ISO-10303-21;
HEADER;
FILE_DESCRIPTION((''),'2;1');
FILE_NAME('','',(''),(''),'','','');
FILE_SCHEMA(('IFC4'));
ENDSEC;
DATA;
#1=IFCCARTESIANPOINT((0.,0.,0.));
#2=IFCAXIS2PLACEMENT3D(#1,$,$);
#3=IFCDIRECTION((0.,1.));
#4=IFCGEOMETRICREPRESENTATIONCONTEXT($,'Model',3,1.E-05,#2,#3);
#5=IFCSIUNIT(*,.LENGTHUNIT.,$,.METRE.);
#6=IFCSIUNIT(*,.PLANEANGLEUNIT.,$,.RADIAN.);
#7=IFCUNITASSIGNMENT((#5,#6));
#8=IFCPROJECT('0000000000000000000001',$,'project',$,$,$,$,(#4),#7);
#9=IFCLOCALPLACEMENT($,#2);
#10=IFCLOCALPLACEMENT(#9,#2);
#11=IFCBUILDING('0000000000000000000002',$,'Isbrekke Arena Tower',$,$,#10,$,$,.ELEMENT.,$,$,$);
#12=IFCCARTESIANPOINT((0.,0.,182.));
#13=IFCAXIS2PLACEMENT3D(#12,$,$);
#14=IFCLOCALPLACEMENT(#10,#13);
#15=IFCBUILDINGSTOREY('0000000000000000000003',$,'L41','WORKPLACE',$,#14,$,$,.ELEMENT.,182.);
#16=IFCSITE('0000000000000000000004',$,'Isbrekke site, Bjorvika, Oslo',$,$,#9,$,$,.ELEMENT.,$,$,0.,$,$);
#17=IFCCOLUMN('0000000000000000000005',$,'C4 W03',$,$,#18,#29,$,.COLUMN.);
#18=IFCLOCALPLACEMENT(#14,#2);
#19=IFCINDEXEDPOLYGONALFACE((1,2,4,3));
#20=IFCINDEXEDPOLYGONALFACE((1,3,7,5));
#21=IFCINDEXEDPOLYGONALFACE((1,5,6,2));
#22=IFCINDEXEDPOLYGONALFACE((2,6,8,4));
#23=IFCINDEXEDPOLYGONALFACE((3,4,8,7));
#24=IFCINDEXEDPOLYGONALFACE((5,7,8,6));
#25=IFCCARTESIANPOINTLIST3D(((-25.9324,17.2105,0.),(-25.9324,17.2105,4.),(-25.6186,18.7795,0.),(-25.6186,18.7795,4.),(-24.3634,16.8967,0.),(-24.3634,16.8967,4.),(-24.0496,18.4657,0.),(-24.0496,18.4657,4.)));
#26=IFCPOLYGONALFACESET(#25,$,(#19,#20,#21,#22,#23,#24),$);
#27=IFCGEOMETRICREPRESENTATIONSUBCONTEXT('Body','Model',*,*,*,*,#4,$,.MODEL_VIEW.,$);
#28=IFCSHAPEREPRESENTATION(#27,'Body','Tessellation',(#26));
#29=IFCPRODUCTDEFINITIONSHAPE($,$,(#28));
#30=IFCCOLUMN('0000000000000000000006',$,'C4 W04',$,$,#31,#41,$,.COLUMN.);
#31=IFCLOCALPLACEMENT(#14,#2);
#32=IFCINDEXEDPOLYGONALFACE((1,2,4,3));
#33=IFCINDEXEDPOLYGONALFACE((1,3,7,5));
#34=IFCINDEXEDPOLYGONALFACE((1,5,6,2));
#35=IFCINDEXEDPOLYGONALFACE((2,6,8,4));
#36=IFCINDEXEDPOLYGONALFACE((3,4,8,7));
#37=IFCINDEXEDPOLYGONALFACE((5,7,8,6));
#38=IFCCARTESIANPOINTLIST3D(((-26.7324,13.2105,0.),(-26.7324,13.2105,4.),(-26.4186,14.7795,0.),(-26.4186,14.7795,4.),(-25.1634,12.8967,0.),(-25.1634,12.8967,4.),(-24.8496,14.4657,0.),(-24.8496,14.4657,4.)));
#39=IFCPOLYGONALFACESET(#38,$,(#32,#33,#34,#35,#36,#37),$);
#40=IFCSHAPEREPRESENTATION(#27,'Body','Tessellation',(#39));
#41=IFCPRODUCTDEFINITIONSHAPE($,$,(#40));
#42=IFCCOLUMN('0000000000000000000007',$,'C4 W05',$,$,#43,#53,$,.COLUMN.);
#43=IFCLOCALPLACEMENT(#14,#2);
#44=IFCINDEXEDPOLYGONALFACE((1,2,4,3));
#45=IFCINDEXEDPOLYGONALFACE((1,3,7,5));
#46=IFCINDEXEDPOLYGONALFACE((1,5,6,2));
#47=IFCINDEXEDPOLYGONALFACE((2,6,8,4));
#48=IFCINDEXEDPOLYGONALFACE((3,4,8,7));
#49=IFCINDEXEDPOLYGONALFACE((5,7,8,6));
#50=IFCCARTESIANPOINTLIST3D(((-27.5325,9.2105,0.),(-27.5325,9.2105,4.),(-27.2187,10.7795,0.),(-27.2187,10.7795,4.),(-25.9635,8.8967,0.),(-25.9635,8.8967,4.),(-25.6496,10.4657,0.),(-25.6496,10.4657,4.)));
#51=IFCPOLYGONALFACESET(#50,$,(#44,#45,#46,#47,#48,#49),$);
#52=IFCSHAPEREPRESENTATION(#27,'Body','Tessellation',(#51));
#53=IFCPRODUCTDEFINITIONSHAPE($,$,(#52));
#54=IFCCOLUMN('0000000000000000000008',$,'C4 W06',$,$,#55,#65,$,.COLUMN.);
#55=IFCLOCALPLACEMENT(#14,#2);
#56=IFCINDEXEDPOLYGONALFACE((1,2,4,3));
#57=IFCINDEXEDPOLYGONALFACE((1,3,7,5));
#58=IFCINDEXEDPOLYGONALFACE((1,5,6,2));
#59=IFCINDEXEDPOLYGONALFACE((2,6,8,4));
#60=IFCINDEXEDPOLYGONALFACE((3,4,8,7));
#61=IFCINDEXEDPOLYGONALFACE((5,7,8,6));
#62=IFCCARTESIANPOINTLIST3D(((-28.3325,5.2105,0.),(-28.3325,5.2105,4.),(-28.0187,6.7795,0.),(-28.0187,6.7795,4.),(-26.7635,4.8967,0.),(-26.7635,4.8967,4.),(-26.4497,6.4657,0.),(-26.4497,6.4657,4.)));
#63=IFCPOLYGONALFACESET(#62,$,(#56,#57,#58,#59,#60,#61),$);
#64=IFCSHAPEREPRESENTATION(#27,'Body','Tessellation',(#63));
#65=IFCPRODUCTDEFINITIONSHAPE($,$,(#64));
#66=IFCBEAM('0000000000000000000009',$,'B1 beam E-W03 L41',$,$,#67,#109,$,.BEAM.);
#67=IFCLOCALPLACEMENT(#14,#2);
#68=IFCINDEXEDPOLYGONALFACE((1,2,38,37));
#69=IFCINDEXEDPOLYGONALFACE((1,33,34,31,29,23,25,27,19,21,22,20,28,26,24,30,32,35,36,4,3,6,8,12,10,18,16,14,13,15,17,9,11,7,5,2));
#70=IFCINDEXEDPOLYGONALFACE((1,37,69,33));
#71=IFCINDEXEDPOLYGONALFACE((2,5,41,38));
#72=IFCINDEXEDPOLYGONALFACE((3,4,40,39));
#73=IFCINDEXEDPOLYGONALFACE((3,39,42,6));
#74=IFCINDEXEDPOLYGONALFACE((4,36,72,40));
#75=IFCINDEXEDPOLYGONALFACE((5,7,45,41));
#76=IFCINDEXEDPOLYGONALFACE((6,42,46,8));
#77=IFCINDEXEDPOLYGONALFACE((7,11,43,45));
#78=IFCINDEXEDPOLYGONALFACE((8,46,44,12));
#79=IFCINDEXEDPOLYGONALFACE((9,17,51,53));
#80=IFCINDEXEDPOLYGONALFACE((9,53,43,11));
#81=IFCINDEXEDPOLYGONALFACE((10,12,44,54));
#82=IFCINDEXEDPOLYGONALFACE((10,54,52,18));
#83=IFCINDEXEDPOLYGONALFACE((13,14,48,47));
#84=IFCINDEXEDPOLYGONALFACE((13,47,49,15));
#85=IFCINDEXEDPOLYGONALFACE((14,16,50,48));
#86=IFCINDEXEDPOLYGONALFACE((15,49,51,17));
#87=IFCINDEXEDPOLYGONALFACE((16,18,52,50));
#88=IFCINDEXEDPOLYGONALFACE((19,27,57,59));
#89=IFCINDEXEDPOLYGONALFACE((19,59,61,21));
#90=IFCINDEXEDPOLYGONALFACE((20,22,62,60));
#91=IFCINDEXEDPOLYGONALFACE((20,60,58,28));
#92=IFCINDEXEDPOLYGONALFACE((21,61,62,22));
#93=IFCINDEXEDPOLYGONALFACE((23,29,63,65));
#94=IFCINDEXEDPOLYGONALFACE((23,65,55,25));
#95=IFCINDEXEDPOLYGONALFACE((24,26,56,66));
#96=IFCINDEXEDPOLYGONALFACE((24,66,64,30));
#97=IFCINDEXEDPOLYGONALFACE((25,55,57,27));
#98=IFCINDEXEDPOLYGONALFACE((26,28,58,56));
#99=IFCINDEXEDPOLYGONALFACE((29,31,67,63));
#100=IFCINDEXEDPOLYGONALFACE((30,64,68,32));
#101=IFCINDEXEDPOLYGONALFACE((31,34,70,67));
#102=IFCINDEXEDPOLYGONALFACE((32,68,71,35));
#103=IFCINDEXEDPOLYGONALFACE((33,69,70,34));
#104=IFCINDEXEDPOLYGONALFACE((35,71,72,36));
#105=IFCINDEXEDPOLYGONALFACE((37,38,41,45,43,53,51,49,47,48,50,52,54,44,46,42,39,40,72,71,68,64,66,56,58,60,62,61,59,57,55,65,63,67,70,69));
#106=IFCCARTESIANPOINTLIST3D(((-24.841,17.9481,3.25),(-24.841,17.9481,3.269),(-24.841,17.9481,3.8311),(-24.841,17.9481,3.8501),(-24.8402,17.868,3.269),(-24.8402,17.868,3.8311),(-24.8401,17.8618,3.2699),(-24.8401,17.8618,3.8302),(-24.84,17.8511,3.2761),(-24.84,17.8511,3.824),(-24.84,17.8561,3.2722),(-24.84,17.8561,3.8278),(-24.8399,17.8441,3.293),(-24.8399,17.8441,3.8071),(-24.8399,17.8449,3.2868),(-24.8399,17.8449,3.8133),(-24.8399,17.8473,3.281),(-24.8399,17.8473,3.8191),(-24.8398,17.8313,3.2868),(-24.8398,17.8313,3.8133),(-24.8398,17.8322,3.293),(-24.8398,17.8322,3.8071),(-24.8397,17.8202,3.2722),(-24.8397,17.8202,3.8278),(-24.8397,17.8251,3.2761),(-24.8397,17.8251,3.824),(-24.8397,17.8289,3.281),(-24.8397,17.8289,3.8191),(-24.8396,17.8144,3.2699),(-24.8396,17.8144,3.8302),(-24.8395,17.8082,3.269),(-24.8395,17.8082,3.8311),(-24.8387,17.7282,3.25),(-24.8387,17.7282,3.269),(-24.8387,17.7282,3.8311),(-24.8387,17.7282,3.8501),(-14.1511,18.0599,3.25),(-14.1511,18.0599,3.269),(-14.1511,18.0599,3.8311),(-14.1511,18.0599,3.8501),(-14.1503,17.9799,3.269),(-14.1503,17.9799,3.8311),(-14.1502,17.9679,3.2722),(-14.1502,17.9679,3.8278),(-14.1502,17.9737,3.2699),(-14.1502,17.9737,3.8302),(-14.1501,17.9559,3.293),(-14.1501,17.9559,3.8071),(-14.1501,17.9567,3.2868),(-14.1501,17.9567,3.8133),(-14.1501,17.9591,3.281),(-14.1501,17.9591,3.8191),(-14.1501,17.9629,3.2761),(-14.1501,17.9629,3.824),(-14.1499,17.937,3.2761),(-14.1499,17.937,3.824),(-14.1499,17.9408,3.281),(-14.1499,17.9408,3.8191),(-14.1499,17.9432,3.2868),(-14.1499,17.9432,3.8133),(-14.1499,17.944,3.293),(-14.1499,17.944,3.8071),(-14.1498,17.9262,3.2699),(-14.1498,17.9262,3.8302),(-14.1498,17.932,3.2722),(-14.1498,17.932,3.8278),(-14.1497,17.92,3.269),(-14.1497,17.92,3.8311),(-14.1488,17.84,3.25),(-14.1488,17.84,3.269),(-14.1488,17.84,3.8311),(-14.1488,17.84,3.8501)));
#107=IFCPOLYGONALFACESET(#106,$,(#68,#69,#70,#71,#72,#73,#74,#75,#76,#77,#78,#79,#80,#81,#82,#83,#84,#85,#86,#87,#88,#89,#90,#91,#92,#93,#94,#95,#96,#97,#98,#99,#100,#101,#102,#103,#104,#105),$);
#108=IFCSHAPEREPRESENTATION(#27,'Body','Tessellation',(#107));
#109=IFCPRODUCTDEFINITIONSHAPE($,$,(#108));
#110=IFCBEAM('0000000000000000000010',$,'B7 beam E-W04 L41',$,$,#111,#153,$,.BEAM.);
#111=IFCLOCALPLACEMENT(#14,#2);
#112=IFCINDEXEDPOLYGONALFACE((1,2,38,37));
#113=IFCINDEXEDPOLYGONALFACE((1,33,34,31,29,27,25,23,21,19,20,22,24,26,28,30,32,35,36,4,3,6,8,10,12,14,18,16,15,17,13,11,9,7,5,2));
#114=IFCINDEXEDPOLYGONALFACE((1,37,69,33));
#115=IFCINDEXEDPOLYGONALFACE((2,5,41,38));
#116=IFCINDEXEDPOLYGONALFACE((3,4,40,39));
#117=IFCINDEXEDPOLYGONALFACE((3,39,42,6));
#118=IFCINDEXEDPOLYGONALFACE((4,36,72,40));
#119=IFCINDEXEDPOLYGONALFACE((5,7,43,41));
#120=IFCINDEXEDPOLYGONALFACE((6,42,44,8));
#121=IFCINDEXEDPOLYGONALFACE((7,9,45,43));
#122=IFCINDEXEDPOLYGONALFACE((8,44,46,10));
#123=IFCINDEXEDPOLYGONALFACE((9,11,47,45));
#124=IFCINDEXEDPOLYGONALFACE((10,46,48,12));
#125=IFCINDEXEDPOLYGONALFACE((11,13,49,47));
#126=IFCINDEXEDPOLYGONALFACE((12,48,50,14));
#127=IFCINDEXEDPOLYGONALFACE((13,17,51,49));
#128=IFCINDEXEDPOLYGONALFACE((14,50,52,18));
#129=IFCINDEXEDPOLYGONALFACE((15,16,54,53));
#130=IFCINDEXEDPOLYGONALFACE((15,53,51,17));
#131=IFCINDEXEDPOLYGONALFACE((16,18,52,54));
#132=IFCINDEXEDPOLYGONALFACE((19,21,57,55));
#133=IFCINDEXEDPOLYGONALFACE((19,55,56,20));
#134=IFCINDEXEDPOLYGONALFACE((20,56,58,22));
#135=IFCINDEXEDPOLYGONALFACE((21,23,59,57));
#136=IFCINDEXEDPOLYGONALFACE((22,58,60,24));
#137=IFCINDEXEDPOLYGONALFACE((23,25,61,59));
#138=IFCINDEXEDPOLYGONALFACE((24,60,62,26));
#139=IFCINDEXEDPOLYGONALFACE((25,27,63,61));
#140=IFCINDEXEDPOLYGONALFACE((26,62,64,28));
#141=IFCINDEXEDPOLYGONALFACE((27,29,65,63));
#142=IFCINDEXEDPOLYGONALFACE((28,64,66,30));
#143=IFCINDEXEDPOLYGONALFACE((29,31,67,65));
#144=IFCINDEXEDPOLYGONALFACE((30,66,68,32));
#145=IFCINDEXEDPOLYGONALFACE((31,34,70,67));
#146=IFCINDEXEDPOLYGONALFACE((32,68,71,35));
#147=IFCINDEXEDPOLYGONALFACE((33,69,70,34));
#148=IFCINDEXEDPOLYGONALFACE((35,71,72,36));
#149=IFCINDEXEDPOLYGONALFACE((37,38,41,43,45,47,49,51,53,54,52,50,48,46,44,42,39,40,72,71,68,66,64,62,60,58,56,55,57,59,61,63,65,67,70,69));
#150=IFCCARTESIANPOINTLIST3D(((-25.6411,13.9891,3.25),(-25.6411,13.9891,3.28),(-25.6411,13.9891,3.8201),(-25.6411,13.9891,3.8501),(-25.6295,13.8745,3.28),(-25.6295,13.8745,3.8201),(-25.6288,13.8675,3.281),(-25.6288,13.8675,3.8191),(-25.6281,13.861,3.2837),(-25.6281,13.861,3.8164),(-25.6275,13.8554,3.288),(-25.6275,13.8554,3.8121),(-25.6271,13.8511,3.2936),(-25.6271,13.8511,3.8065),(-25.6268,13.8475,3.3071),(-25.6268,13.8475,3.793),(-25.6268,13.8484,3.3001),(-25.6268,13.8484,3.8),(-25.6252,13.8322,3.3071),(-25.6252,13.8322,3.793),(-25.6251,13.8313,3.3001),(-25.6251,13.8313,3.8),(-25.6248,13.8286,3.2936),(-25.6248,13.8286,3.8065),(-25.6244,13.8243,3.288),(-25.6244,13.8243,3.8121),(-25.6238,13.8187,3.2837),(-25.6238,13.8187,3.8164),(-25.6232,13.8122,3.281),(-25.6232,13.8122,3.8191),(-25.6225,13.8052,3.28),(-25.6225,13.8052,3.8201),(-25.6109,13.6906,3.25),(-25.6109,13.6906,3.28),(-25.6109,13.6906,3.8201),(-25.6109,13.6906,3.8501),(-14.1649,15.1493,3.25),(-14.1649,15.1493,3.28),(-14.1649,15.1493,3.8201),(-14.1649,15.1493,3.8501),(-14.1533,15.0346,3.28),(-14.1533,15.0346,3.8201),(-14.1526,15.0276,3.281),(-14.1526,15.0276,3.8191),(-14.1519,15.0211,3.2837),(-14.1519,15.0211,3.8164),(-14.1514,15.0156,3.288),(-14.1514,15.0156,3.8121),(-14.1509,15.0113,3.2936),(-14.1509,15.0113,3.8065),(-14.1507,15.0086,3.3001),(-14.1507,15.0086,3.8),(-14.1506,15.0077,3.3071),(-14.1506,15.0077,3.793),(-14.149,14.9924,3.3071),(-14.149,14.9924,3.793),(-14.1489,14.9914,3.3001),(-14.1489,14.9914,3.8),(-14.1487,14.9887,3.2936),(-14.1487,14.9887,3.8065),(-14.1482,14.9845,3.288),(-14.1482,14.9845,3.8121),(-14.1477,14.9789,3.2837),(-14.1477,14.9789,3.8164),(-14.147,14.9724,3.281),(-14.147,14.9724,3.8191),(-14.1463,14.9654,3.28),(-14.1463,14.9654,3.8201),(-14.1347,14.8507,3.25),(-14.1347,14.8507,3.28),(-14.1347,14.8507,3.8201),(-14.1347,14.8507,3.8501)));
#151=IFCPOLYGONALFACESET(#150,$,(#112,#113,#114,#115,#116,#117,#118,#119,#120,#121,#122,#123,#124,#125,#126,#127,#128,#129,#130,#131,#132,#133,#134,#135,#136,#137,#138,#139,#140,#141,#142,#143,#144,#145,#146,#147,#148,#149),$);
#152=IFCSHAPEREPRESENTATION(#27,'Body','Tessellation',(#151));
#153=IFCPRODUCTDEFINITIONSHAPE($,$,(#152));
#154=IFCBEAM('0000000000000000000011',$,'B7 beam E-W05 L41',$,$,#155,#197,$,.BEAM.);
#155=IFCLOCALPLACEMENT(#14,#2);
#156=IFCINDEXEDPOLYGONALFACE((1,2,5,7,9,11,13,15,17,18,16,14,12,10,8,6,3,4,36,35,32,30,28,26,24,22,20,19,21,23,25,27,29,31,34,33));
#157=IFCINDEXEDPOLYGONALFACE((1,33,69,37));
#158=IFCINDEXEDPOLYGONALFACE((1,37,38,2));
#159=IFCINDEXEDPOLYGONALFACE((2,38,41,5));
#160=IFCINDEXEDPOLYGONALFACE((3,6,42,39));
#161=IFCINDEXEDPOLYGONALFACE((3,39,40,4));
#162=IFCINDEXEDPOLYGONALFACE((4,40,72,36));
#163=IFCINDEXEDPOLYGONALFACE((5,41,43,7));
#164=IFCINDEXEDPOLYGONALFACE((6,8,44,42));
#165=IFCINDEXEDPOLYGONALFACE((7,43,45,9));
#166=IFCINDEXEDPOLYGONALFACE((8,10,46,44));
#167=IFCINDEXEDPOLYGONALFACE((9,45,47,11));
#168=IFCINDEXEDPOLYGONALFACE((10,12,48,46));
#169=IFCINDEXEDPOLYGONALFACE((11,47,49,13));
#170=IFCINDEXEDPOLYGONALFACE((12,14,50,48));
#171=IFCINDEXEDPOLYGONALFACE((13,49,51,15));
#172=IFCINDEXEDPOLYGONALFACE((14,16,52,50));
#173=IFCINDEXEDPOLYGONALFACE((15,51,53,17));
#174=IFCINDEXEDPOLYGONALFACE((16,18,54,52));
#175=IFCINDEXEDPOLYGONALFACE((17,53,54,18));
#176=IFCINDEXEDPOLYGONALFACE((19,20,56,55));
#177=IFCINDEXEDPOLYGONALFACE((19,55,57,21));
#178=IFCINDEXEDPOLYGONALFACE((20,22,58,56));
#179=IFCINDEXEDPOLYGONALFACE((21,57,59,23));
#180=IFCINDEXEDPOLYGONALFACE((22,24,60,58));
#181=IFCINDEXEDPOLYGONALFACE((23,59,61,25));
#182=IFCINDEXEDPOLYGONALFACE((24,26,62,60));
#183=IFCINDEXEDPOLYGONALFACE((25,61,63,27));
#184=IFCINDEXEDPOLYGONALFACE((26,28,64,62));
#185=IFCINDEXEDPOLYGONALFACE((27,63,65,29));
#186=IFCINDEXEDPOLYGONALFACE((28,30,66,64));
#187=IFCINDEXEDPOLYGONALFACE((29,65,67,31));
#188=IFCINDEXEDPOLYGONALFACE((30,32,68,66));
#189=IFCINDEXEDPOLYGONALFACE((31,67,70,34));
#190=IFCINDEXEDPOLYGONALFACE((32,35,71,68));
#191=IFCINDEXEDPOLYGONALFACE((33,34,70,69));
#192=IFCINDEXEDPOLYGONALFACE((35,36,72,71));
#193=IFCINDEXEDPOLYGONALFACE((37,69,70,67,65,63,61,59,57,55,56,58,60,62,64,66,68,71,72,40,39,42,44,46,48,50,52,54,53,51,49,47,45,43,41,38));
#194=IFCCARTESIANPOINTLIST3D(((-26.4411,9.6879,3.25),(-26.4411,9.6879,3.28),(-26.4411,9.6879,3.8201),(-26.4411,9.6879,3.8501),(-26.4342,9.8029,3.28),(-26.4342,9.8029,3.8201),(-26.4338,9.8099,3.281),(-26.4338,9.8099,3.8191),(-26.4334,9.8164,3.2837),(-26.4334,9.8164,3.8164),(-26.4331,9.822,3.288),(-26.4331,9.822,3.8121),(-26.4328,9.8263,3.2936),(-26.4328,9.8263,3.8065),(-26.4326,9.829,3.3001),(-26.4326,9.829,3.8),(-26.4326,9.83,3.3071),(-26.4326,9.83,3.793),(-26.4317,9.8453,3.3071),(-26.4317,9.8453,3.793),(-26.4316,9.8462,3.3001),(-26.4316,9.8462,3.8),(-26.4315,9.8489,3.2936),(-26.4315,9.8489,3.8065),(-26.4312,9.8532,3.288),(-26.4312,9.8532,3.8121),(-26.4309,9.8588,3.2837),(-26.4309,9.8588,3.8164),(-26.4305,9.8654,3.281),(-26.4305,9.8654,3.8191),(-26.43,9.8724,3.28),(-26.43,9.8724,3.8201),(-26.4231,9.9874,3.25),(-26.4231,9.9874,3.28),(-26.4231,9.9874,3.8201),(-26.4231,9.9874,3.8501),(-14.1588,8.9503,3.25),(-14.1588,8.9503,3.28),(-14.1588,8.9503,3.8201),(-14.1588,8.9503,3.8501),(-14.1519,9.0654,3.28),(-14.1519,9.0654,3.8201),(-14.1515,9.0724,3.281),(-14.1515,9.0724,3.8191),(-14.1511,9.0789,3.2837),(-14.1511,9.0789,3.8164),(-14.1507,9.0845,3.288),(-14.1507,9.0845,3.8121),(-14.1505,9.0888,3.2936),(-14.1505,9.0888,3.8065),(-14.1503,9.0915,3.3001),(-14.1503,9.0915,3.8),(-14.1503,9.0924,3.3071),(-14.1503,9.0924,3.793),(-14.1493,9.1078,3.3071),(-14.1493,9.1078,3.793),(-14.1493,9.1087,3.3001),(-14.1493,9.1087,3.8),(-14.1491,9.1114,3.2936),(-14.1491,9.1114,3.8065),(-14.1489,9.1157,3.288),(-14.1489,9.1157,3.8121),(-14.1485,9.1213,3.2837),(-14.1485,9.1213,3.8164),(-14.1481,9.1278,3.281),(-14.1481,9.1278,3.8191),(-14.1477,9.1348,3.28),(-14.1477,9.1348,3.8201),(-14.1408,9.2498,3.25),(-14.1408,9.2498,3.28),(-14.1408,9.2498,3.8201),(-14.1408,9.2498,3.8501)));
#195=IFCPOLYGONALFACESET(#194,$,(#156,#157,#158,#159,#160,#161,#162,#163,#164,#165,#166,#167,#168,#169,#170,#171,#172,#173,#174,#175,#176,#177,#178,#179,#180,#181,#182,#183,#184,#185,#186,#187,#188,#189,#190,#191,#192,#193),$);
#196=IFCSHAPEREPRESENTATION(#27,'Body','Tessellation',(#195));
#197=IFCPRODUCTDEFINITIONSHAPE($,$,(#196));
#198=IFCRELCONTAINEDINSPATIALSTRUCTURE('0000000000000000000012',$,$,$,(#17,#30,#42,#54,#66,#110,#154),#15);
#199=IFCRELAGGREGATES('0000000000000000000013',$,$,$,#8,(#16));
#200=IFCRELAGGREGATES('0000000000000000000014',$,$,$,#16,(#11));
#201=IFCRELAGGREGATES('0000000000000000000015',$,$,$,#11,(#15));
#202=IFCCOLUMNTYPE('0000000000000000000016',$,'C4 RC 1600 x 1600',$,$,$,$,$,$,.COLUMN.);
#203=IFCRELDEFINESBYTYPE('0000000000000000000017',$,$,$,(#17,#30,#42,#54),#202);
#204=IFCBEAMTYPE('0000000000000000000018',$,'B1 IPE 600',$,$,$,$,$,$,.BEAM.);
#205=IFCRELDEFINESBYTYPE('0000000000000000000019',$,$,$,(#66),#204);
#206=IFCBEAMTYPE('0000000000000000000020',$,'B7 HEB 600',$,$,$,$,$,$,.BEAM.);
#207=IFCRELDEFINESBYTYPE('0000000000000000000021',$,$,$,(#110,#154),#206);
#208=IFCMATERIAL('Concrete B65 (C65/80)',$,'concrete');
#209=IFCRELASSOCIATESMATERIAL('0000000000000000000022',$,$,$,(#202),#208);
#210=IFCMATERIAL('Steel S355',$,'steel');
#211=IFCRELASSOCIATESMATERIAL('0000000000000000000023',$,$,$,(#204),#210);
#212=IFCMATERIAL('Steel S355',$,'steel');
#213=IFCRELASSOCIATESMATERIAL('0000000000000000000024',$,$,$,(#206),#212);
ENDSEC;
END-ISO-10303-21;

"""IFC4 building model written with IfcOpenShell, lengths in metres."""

from ifc_helpers import new_model, si_unit, direction, frame, origin, origin_2d, place, context, subcontext, project, spatial, rectangle, i_section, extrude, material, material_profile, profile_set, type_object, element, save


model = new_model("IFC4")

# Units and contexts
model_context = context("Model", 3, precision=1e-05, world=origin(), true_north=direction((0.0, 1.0)))
body_context = subcontext(model_context, "Body", "Model", "MODEL_VIEW")
ifc_project = project(units=[si_unit("LENGTHUNIT", "METRE"), si_unit("PLANEANGLEUNIT", "RADIAN")], contexts=[model_context])

# Site, building, storey
site_placement = place(None, origin())
site = spatial("IfcSite", under=ifc_project, at=site_placement, Name="Isbrekke site, Bjorvika, Oslo", CompositionType="ELEMENT", RefElevation=0.0)
building_placement = place(site_placement, origin())
building = spatial("IfcBuilding", under=site, at=building_placement, Name="Isbrekke Arena Tower", CompositionType="ELEMENT")
storey_placement = place(building_placement, frame((0.0, 0.0, 182.0)))
storey = spatial("IfcBuildingStorey", under=building, at=storey_placement, Name="L41", Description="WORKPLACE", CompositionType="ELEMENT", Elevation=182.0)

# Columns
ifc_material_1 = material(Name="Concrete B65 (C65/80)", Category="concrete")
ifc_material_profile_1 = material_profile(ifc_material_1, rectangle(XDim=1.6001, YDim=1.6001, at=origin_2d()), Name="RC 1600x1600")
ifc_profile_set_1 = profile_set([ifc_material_profile_1], Name="Concrete B65 (C65/80)")
column_type = type_object("IfcColumnType", Name="C4 RC 1600 x 1600", PredefinedType="COLUMN", material=ifc_profile_set_1)
for number, where, z_axis, x_axis, name in (
    (1, (-24.991, 17.8381, 0.0), (0.0, 0.0, 1.0), (-0.196116, -0.980581, 0.0), "C4 W03"),
    (2, (-25.791, 13.8381, 0.0), (0.0, 0.0, 1.0), (-0.196116, -0.980581, 0.0), "C4 W04"),
    (3, (-26.5911, 9.8381, 0.0), (0.0, 0.0, 1.0), (-0.196116, -0.980581, 0.0), "C4 W05"),
    (4, (-27.3911, 5.8381, 0.0), (0.0, 0.0, 1.0), (-0.196116, -0.980581, 0.0), "C4 W06"),
):
    element("IfcColumn", number, at=place(storey_placement, frame(where, z_axis=z_axis, x_axis=x_axis)), inside=storey, type_object=column_type, Name=name, PredefinedType="COLUMN", context=body_context, shape_type="SweptSolid", body=[
        extrude(rectangle(XDim=1.6001, YDim=1.6001, at=origin_2d()), origin(), (0.0, 0.0, 1.0), 4.0),
    ])

# Beams
ifc_material_2 = material(Name="Steel S355", Category="steel")
ifc_material_profile_2 = material_profile(ifc_material_2, i_section(OverallWidth=0.22, OverallDepth=0.6001, WebThickness=0.012, FlangeThickness=0.019, FilletRadius=0.0239, at=origin_2d()), Name="IPE 600")
ifc_profile_set_2 = profile_set([ifc_material_profile_2], Name="Steel S355")
beam_type_1 = type_object("IfcBeamType", Name="B1 IPE 600", PredefinedType="BEAM", material=ifc_profile_set_2)
beam_1_placement = place(storey_placement, frame((-24.8398, 17.8381, 3.55), z_axis=(0.999945, 0.010459, 0.0), x_axis=(-0.010459, 0.999945, 0.0)))
element("IfcBeam", 5, at=beam_1_placement, inside=storey, type_object=beam_type_1, Name="B1 beam E-W03 L41", PredefinedType="BEAM", context=body_context, shape_type="SweptSolid", body=[
    extrude(i_section(OverallWidth=0.22, OverallDepth=0.6001, WebThickness=0.012, FlangeThickness=0.019, FilletRadius=0.0239, at=origin_2d()), origin(), (0.0, 0.0, 1.0), 10.6904),
])
ifc_material_3 = material(Name="Steel S355", Category="steel")
ifc_material_profile_3 = material_profile(ifc_material_3, i_section(OverallWidth=0.3, OverallDepth=0.6001, WebThickness=0.0154, FlangeThickness=0.03, FilletRadius=0.0271, at=origin_2d()), Name="HEB 600")
ifc_profile_set_3 = profile_set([ifc_material_profile_3], Name="Steel S355")
beam_type_2 = type_object("IfcBeamType", Name="B7 HEB 600", PredefinedType="BEAM", material=ifc_profile_set_3)
beam_2_placement = place(storey_placement, frame((-25.626, 13.8398, 3.55), z_axis=(0.994929, 0.100581, 0.0), x_axis=(-0.100581, 0.994929, 0.0)))
element("IfcBeam", 6, at=beam_2_placement, inside=storey, type_object=beam_type_2, Name="B7 beam E-W04 L41", PredefinedType="BEAM", context=body_context, shape_type="SweptSolid", body=[
    extrude(i_section(OverallWidth=0.3, OverallDepth=0.6001, WebThickness=0.0154, FlangeThickness=0.03, FilletRadius=0.0271, at=origin_2d()), origin(), (0.0, 0.0, 1.0), 11.5347),
])
beam_3_placement = place(storey_placement, frame((-26.4321, 9.8376, 3.55), z_axis=(0.998202, -0.059942, 0.0), x_axis=(0.059942, 0.998202, 0.0)))
element("IfcBeam", 7, at=beam_3_placement, inside=storey, type_object=beam_type_2, Name="B7 beam E-W05 L41", PredefinedType="BEAM", context=body_context, shape_type="SweptSolid", body=[
    extrude(i_section(OverallWidth=0.3, OverallDepth=0.6001, WebThickness=0.0154, FlangeThickness=0.03, FilletRadius=0.0271, at=origin_2d()), origin(), (0.0, 0.0, 1.0), 12.3044),
])

save(model, "model.ifc")
